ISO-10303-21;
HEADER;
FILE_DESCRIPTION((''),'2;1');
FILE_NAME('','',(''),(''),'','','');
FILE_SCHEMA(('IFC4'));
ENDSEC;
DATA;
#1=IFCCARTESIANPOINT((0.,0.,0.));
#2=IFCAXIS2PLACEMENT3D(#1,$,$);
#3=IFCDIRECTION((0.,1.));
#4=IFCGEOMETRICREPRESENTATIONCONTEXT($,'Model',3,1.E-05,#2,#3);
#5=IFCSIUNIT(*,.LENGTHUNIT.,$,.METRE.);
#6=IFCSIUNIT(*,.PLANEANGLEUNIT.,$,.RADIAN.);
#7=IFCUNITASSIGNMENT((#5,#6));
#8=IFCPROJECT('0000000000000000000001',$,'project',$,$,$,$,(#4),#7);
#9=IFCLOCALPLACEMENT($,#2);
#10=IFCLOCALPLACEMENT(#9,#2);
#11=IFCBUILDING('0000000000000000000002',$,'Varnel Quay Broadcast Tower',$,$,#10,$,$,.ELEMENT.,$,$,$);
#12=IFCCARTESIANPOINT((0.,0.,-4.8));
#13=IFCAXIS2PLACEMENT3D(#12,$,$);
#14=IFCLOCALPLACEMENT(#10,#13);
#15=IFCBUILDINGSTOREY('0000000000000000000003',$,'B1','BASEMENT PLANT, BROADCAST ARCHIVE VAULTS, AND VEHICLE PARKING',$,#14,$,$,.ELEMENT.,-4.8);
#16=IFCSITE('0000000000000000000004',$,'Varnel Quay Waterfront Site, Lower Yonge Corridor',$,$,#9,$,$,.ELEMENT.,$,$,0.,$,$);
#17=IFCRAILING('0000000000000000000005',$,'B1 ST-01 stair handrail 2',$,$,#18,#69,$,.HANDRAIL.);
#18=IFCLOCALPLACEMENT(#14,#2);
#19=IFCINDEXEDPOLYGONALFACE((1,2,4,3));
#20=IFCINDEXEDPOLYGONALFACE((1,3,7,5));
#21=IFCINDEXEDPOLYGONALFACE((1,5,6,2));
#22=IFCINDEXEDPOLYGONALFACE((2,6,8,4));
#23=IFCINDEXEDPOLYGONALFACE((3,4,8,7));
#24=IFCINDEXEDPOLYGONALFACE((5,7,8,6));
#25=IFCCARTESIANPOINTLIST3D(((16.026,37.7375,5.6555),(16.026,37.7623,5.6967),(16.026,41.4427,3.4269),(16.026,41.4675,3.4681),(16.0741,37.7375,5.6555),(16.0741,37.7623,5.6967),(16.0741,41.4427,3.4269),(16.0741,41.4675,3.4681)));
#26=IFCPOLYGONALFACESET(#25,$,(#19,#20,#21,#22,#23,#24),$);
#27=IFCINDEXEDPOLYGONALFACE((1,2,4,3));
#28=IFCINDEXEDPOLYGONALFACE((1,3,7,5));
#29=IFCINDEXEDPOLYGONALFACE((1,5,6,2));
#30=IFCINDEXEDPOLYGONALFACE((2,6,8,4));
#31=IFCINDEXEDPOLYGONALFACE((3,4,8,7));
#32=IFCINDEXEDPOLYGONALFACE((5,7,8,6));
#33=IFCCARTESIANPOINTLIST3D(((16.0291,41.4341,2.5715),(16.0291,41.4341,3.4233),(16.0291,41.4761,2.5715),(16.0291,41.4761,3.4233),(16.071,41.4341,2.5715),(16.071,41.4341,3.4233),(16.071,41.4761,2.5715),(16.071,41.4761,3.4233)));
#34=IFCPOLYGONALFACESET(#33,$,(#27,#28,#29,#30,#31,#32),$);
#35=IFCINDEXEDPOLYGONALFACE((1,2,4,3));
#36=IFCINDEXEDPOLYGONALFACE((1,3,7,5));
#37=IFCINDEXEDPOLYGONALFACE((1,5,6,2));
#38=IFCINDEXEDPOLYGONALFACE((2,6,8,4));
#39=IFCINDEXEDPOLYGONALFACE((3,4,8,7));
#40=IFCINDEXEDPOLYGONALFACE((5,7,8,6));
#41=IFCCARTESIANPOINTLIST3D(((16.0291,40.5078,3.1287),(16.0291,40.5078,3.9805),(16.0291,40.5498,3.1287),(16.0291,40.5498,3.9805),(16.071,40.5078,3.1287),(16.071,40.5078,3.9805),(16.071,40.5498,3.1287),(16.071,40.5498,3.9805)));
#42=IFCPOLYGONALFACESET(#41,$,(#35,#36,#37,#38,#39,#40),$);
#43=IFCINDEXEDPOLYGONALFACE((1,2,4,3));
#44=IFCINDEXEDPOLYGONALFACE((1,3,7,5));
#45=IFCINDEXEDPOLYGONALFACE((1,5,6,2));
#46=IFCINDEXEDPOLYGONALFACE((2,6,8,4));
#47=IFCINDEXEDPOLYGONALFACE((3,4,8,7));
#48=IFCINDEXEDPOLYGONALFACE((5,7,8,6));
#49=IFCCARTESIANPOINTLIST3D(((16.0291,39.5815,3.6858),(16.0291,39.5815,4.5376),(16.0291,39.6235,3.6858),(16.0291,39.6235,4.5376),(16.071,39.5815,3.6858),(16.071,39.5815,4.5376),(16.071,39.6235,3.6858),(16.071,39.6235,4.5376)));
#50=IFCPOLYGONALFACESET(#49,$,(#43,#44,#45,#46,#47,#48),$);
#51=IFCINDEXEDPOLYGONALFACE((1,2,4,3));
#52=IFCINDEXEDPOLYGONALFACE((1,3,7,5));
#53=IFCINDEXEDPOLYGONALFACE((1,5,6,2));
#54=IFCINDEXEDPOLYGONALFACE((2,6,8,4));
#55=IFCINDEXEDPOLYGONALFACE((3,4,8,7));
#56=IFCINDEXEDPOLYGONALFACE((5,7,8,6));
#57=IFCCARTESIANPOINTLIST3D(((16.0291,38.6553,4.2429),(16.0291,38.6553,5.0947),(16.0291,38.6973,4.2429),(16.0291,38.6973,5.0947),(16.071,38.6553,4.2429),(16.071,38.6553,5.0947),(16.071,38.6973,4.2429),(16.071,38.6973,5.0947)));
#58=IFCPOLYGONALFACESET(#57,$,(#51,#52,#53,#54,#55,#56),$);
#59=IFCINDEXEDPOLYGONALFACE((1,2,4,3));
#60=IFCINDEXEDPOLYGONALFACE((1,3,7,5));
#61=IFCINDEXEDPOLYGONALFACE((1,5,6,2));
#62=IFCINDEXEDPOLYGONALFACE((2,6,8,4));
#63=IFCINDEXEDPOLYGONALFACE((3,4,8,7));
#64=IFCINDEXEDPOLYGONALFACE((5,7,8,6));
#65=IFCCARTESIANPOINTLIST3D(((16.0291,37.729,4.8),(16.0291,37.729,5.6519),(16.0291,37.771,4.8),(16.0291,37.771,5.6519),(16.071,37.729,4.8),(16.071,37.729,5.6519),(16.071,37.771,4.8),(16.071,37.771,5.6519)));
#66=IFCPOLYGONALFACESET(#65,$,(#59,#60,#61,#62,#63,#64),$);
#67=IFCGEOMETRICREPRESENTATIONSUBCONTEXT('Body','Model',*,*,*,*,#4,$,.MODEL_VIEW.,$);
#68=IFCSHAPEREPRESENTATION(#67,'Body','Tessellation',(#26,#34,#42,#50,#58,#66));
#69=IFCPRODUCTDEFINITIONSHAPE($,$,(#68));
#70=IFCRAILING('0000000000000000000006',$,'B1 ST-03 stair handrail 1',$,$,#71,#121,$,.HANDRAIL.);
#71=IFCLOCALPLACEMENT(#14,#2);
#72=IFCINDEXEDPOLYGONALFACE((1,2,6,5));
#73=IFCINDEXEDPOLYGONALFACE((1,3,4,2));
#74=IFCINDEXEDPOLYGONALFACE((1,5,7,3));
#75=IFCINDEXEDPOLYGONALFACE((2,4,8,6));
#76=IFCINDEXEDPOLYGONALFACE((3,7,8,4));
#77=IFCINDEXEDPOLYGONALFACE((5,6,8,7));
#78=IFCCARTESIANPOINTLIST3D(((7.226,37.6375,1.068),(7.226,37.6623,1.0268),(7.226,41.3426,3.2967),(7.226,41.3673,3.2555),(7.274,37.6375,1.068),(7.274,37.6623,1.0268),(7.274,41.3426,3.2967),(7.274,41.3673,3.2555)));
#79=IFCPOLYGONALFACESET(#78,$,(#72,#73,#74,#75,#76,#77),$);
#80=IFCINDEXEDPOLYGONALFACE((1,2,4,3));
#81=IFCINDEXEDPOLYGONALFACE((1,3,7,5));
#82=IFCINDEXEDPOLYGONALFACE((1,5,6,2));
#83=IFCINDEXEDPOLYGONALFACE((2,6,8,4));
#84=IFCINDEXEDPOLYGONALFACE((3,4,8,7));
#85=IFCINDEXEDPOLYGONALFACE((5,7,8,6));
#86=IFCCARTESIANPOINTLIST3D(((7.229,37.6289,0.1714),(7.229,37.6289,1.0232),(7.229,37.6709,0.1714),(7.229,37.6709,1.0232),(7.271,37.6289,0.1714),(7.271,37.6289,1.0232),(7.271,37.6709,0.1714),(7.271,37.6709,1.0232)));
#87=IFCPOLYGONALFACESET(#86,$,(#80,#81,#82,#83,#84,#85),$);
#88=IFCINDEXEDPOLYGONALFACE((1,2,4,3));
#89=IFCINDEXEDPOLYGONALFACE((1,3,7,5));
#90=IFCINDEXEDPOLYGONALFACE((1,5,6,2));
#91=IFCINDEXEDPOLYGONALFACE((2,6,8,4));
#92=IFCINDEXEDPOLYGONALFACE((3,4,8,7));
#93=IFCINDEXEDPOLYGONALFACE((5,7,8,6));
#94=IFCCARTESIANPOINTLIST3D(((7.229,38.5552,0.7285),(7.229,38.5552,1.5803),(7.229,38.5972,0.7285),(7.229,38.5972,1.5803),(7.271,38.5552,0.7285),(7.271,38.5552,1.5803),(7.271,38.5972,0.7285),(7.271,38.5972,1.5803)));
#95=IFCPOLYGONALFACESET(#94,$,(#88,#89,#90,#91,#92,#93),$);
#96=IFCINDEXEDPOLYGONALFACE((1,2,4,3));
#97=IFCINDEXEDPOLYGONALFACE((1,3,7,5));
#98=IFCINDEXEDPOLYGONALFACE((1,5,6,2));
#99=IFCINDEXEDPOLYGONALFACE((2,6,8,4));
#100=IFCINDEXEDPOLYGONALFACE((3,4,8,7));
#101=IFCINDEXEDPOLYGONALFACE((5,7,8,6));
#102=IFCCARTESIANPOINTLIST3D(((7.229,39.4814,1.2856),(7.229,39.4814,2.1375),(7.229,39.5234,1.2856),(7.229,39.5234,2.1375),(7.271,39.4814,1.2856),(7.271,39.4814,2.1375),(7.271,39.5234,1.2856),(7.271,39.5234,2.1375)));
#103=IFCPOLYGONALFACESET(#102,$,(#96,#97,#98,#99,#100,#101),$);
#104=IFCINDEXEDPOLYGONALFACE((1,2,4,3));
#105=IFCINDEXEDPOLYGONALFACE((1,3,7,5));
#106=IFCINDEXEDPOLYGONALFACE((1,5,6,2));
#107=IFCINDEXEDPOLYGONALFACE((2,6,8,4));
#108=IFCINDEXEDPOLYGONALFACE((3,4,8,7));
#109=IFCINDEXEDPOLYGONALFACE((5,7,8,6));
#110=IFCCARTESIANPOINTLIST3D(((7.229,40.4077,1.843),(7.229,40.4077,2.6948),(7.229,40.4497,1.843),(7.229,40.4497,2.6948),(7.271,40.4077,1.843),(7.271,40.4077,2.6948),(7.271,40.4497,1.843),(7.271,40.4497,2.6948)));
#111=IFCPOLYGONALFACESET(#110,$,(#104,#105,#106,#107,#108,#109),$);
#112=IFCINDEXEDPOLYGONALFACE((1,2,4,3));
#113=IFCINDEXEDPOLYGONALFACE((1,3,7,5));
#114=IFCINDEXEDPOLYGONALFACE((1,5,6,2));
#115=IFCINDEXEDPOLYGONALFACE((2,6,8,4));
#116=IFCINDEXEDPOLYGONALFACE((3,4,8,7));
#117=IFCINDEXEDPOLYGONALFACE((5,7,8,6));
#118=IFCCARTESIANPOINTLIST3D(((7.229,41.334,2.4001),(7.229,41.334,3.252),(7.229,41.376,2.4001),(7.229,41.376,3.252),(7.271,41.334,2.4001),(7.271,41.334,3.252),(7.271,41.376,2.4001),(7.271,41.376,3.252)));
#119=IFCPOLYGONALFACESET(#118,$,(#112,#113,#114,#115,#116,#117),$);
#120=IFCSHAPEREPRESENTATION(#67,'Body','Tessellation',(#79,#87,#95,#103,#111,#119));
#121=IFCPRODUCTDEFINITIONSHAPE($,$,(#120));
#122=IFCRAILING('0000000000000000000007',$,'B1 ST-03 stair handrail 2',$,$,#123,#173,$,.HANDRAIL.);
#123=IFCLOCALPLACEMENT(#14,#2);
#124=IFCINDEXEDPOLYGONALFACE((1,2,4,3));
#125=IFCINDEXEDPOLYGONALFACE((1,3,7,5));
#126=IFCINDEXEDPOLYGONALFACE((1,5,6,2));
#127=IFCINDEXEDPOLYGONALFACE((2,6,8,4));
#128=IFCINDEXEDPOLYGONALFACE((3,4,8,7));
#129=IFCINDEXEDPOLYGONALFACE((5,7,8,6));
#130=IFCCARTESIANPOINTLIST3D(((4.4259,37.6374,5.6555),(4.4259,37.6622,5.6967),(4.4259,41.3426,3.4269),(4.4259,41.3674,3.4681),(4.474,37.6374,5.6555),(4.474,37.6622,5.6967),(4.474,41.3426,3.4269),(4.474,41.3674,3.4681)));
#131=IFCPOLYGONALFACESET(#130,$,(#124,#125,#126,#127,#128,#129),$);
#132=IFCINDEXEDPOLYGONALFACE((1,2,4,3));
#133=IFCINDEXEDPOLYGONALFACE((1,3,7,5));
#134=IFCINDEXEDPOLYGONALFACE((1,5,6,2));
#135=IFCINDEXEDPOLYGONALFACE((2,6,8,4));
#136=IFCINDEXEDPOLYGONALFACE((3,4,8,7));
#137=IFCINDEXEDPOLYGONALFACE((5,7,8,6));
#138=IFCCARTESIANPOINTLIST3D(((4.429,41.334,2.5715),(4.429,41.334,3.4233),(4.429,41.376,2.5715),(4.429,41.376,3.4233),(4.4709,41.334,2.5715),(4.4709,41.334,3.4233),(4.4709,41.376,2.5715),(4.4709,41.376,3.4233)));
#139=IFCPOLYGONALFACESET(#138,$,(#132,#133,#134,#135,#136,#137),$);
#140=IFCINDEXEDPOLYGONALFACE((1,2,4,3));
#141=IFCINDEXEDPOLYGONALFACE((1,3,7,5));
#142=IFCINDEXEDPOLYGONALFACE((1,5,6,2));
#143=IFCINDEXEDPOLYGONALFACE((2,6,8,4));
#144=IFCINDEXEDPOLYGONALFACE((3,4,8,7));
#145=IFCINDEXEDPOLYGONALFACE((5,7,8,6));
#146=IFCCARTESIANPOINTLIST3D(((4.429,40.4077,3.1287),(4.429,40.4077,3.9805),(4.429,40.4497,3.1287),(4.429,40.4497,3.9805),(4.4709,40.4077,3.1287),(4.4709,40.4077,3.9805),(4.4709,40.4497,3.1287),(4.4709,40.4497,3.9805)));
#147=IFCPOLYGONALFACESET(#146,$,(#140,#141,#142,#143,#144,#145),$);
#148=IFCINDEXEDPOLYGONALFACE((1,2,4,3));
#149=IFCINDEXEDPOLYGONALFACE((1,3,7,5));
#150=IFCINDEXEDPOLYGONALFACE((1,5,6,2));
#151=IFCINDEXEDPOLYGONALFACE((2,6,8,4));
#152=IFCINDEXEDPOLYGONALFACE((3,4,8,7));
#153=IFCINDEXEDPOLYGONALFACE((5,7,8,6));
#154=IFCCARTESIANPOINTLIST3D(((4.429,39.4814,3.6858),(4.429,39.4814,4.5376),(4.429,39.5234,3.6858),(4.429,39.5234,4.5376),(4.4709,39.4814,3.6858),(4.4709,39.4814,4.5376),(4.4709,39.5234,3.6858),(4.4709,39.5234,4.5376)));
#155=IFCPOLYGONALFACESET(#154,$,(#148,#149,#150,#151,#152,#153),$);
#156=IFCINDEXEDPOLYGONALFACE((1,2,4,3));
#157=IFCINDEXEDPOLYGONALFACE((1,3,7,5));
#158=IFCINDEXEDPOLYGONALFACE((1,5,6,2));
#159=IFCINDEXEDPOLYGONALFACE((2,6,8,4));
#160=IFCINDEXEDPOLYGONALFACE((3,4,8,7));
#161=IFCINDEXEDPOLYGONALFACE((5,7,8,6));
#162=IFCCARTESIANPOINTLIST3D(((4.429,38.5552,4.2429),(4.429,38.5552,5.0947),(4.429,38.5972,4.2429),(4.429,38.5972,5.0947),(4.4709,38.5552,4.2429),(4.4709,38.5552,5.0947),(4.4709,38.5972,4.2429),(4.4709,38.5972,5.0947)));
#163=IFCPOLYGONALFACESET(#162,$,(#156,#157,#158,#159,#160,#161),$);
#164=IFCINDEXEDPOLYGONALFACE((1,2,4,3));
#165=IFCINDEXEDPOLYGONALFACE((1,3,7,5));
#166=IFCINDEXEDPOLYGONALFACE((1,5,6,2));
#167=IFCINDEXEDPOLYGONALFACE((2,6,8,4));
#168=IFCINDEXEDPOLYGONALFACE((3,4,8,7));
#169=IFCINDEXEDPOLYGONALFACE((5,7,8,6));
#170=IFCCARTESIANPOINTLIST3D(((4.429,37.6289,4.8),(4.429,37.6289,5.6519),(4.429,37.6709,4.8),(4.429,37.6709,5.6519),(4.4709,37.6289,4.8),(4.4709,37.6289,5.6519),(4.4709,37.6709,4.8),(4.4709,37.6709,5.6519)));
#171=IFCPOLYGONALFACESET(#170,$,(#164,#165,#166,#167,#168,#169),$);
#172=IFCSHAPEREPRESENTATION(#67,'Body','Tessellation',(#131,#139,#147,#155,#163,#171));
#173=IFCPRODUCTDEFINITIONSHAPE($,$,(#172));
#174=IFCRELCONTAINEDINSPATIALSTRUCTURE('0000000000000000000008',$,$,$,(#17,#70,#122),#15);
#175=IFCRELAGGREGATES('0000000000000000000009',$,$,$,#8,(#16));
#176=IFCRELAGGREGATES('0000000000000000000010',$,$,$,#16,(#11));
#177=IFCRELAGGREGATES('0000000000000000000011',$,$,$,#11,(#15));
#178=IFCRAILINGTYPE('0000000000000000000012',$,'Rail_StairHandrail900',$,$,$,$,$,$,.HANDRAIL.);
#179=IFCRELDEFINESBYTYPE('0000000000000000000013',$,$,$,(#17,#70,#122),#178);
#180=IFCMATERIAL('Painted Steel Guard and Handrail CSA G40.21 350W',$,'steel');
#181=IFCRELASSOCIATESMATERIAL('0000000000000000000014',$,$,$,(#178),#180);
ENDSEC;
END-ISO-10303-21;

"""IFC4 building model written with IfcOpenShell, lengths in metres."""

from ifc_helpers import new_model, si_unit, direction, frame, origin, origin_2d, place, context, subcontext, project, spatial, rectangle, extrude, material, type_object, element, save


model = new_model("IFC4")

# Units and contexts
model_context = context("Model", 3, precision=1e-05, world=origin(), true_north=direction((0.0, 1.0)))
body_context = subcontext(model_context, "Body", "Model", "MODEL_VIEW")
ifc_project = project(units=[si_unit("LENGTHUNIT", "METRE"), si_unit("PLANEANGLEUNIT", "RADIAN")], contexts=[model_context])

# Site, building, storey
site_placement = place(None, origin())
site = spatial("IfcSite", under=ifc_project, at=site_placement, Name="Varnel Quay Waterfront Site, Lower Yonge Corridor", CompositionType="ELEMENT", RefElevation=0.0)
building_placement = place(site_placement, origin())
building = spatial("IfcBuilding", under=site, at=building_placement, Name="Varnel Quay Broadcast Tower", CompositionType="ELEMENT")
storey_placement = place(building_placement, frame((0.0, 0.0, -4.8)))
storey = spatial("IfcBuildingStorey", under=building, at=storey_placement, Name="B1", Description="BASEMENT PLANT, BROADCAST ARCHIVE VAULTS, AND VEHICLE PARKING", CompositionType="ELEMENT", Elevation=-4.8)

# Railings
ifc_material_1 = material(Name="Painted Steel Guard and Handrail CSA G40.21 350W", Category="steel")
railing_type_1 = type_object("IfcRailingType", Name="Rail_StairHandrail900", PredefinedType="HANDRAIL", material=ifc_material_1)
railing_1_placement = place(storey_placement, frame((16.05, 41.4551, 2.5715)))
element("IfcRailing", 1, at=railing_1_placement, inside=storey, type_object=railing_type_1, Name="B1 ST-01 stair handrail 2", PredefinedType="HANDRAIL", context=body_context, shape_type="SweptSolid", body=[
    extrude(rectangle(XDim=0.0481, YDim=0.0481, at=origin_2d()), frame((0.0, 0.0, 0.876), z_axis=(0.0, -0.856934, 0.515425), x_axis=(1.0, 0.0, 0.0)), (0.0, 0.0, 1.0), 4.3237),
    extrude(rectangle(XDim=0.042, YDim=0.042, at=origin_2d()), origin(), (0.0, 0.0, 1.0), 0.8518),
    extrude(rectangle(XDim=0.042, YDim=0.042, at=origin_2d()), frame((0.0, -0.9263, 0.5571)), (0.0, 0.0, 1.0), 0.8518),
    extrude(rectangle(XDim=0.042, YDim=0.042, at=origin_2d()), frame((0.0, -1.8525, 1.1143)), (0.0, 0.0, 1.0), 0.8518),
    extrude(rectangle(XDim=0.042, YDim=0.042, at=origin_2d()), frame((0.0, -2.7788, 1.6714)), (0.0, 0.0, 1.0), 0.8518),
    extrude(rectangle(XDim=0.042, YDim=0.042, at=origin_2d()), frame((0.0, -3.7051, 2.2285)), (0.0, 0.0, 1.0), 0.8518),
])
railing_2_placement = place(storey_placement, frame((7.25, 37.6499, 0.1714)))
element("IfcRailing", 2, at=railing_2_placement, inside=storey, type_object=railing_type_1, Name="B1 ST-03 stair handrail 1", PredefinedType="HANDRAIL", context=body_context, shape_type="SweptSolid", body=[
    extrude(rectangle(XDim=0.0481, YDim=0.0481, at=origin_2d()), frame((0.0, 0.0, 0.876), z_axis=(0.0, 0.856909, 0.515467), x_axis=(-1.0, 0.0, 0.0)), (0.0, 0.0, 1.0), 4.3237),
    extrude(rectangle(XDim=0.042, YDim=0.042, at=origin_2d()), origin(), (0.0, 0.0, 1.0), 0.8518),
    extrude(rectangle(XDim=0.042, YDim=0.042, at=origin_2d()), frame((0.0, 0.9263, 0.5571)), (0.0, 0.0, 1.0), 0.8518),
    extrude(rectangle(XDim=0.042, YDim=0.042, at=origin_2d()), frame((0.0, 1.8525, 1.1143)), (0.0, 0.0, 1.0), 0.8518),
    extrude(rectangle(XDim=0.042, YDim=0.042, at=origin_2d()), frame((0.0, 2.7788, 1.6716)), (0.0, 0.0, 1.0), 0.8518),
    extrude(rectangle(XDim=0.042, YDim=0.042, at=origin_2d()), frame((0.0, 3.7051, 2.2288)), (0.0, 0.0, 1.0), 0.8518),
])
railing_3_placement = place(storey_placement, frame((4.45, 41.355, 2.5715)))
element("IfcRailing", 3, at=railing_3_placement, inside=storey, type_object=railing_type_1, Name="B1 ST-03 stair handrail 2", PredefinedType="HANDRAIL", context=body_context, shape_type="SweptSolid", body=[
    extrude(rectangle(XDim=0.0481, YDim=0.0481, at=origin_2d()), frame((0.0, 0.0, 0.876), z_axis=(0.0, -0.856934, 0.515425), x_axis=(1.0, 0.0, 0.0)), (0.0, 0.0, 1.0), 4.3237),
    extrude(rectangle(XDim=0.042, YDim=0.042, at=origin_2d()), origin(), (0.0, 0.0, 1.0), 0.8518),
    extrude(rectangle(XDim=0.042, YDim=0.042, at=origin_2d()), frame((0.0, -0.9263, 0.5571)), (0.0, 0.0, 1.0), 0.8518),
    extrude(rectangle(XDim=0.042, YDim=0.042, at=origin_2d()), frame((0.0, -1.8525, 1.1143)), (0.0, 0.0, 1.0), 0.8518),
    extrude(rectangle(XDim=0.042, YDim=0.042, at=origin_2d()), frame((0.0, -2.7788, 1.6714)), (0.0, 0.0, 1.0), 0.8518),
    extrude(rectangle(XDim=0.042, YDim=0.042, at=origin_2d()), frame((0.0, -3.7051, 2.2285)), (0.0, 0.0, 1.0), 0.8518),
])

save(model, "model.ifc")
